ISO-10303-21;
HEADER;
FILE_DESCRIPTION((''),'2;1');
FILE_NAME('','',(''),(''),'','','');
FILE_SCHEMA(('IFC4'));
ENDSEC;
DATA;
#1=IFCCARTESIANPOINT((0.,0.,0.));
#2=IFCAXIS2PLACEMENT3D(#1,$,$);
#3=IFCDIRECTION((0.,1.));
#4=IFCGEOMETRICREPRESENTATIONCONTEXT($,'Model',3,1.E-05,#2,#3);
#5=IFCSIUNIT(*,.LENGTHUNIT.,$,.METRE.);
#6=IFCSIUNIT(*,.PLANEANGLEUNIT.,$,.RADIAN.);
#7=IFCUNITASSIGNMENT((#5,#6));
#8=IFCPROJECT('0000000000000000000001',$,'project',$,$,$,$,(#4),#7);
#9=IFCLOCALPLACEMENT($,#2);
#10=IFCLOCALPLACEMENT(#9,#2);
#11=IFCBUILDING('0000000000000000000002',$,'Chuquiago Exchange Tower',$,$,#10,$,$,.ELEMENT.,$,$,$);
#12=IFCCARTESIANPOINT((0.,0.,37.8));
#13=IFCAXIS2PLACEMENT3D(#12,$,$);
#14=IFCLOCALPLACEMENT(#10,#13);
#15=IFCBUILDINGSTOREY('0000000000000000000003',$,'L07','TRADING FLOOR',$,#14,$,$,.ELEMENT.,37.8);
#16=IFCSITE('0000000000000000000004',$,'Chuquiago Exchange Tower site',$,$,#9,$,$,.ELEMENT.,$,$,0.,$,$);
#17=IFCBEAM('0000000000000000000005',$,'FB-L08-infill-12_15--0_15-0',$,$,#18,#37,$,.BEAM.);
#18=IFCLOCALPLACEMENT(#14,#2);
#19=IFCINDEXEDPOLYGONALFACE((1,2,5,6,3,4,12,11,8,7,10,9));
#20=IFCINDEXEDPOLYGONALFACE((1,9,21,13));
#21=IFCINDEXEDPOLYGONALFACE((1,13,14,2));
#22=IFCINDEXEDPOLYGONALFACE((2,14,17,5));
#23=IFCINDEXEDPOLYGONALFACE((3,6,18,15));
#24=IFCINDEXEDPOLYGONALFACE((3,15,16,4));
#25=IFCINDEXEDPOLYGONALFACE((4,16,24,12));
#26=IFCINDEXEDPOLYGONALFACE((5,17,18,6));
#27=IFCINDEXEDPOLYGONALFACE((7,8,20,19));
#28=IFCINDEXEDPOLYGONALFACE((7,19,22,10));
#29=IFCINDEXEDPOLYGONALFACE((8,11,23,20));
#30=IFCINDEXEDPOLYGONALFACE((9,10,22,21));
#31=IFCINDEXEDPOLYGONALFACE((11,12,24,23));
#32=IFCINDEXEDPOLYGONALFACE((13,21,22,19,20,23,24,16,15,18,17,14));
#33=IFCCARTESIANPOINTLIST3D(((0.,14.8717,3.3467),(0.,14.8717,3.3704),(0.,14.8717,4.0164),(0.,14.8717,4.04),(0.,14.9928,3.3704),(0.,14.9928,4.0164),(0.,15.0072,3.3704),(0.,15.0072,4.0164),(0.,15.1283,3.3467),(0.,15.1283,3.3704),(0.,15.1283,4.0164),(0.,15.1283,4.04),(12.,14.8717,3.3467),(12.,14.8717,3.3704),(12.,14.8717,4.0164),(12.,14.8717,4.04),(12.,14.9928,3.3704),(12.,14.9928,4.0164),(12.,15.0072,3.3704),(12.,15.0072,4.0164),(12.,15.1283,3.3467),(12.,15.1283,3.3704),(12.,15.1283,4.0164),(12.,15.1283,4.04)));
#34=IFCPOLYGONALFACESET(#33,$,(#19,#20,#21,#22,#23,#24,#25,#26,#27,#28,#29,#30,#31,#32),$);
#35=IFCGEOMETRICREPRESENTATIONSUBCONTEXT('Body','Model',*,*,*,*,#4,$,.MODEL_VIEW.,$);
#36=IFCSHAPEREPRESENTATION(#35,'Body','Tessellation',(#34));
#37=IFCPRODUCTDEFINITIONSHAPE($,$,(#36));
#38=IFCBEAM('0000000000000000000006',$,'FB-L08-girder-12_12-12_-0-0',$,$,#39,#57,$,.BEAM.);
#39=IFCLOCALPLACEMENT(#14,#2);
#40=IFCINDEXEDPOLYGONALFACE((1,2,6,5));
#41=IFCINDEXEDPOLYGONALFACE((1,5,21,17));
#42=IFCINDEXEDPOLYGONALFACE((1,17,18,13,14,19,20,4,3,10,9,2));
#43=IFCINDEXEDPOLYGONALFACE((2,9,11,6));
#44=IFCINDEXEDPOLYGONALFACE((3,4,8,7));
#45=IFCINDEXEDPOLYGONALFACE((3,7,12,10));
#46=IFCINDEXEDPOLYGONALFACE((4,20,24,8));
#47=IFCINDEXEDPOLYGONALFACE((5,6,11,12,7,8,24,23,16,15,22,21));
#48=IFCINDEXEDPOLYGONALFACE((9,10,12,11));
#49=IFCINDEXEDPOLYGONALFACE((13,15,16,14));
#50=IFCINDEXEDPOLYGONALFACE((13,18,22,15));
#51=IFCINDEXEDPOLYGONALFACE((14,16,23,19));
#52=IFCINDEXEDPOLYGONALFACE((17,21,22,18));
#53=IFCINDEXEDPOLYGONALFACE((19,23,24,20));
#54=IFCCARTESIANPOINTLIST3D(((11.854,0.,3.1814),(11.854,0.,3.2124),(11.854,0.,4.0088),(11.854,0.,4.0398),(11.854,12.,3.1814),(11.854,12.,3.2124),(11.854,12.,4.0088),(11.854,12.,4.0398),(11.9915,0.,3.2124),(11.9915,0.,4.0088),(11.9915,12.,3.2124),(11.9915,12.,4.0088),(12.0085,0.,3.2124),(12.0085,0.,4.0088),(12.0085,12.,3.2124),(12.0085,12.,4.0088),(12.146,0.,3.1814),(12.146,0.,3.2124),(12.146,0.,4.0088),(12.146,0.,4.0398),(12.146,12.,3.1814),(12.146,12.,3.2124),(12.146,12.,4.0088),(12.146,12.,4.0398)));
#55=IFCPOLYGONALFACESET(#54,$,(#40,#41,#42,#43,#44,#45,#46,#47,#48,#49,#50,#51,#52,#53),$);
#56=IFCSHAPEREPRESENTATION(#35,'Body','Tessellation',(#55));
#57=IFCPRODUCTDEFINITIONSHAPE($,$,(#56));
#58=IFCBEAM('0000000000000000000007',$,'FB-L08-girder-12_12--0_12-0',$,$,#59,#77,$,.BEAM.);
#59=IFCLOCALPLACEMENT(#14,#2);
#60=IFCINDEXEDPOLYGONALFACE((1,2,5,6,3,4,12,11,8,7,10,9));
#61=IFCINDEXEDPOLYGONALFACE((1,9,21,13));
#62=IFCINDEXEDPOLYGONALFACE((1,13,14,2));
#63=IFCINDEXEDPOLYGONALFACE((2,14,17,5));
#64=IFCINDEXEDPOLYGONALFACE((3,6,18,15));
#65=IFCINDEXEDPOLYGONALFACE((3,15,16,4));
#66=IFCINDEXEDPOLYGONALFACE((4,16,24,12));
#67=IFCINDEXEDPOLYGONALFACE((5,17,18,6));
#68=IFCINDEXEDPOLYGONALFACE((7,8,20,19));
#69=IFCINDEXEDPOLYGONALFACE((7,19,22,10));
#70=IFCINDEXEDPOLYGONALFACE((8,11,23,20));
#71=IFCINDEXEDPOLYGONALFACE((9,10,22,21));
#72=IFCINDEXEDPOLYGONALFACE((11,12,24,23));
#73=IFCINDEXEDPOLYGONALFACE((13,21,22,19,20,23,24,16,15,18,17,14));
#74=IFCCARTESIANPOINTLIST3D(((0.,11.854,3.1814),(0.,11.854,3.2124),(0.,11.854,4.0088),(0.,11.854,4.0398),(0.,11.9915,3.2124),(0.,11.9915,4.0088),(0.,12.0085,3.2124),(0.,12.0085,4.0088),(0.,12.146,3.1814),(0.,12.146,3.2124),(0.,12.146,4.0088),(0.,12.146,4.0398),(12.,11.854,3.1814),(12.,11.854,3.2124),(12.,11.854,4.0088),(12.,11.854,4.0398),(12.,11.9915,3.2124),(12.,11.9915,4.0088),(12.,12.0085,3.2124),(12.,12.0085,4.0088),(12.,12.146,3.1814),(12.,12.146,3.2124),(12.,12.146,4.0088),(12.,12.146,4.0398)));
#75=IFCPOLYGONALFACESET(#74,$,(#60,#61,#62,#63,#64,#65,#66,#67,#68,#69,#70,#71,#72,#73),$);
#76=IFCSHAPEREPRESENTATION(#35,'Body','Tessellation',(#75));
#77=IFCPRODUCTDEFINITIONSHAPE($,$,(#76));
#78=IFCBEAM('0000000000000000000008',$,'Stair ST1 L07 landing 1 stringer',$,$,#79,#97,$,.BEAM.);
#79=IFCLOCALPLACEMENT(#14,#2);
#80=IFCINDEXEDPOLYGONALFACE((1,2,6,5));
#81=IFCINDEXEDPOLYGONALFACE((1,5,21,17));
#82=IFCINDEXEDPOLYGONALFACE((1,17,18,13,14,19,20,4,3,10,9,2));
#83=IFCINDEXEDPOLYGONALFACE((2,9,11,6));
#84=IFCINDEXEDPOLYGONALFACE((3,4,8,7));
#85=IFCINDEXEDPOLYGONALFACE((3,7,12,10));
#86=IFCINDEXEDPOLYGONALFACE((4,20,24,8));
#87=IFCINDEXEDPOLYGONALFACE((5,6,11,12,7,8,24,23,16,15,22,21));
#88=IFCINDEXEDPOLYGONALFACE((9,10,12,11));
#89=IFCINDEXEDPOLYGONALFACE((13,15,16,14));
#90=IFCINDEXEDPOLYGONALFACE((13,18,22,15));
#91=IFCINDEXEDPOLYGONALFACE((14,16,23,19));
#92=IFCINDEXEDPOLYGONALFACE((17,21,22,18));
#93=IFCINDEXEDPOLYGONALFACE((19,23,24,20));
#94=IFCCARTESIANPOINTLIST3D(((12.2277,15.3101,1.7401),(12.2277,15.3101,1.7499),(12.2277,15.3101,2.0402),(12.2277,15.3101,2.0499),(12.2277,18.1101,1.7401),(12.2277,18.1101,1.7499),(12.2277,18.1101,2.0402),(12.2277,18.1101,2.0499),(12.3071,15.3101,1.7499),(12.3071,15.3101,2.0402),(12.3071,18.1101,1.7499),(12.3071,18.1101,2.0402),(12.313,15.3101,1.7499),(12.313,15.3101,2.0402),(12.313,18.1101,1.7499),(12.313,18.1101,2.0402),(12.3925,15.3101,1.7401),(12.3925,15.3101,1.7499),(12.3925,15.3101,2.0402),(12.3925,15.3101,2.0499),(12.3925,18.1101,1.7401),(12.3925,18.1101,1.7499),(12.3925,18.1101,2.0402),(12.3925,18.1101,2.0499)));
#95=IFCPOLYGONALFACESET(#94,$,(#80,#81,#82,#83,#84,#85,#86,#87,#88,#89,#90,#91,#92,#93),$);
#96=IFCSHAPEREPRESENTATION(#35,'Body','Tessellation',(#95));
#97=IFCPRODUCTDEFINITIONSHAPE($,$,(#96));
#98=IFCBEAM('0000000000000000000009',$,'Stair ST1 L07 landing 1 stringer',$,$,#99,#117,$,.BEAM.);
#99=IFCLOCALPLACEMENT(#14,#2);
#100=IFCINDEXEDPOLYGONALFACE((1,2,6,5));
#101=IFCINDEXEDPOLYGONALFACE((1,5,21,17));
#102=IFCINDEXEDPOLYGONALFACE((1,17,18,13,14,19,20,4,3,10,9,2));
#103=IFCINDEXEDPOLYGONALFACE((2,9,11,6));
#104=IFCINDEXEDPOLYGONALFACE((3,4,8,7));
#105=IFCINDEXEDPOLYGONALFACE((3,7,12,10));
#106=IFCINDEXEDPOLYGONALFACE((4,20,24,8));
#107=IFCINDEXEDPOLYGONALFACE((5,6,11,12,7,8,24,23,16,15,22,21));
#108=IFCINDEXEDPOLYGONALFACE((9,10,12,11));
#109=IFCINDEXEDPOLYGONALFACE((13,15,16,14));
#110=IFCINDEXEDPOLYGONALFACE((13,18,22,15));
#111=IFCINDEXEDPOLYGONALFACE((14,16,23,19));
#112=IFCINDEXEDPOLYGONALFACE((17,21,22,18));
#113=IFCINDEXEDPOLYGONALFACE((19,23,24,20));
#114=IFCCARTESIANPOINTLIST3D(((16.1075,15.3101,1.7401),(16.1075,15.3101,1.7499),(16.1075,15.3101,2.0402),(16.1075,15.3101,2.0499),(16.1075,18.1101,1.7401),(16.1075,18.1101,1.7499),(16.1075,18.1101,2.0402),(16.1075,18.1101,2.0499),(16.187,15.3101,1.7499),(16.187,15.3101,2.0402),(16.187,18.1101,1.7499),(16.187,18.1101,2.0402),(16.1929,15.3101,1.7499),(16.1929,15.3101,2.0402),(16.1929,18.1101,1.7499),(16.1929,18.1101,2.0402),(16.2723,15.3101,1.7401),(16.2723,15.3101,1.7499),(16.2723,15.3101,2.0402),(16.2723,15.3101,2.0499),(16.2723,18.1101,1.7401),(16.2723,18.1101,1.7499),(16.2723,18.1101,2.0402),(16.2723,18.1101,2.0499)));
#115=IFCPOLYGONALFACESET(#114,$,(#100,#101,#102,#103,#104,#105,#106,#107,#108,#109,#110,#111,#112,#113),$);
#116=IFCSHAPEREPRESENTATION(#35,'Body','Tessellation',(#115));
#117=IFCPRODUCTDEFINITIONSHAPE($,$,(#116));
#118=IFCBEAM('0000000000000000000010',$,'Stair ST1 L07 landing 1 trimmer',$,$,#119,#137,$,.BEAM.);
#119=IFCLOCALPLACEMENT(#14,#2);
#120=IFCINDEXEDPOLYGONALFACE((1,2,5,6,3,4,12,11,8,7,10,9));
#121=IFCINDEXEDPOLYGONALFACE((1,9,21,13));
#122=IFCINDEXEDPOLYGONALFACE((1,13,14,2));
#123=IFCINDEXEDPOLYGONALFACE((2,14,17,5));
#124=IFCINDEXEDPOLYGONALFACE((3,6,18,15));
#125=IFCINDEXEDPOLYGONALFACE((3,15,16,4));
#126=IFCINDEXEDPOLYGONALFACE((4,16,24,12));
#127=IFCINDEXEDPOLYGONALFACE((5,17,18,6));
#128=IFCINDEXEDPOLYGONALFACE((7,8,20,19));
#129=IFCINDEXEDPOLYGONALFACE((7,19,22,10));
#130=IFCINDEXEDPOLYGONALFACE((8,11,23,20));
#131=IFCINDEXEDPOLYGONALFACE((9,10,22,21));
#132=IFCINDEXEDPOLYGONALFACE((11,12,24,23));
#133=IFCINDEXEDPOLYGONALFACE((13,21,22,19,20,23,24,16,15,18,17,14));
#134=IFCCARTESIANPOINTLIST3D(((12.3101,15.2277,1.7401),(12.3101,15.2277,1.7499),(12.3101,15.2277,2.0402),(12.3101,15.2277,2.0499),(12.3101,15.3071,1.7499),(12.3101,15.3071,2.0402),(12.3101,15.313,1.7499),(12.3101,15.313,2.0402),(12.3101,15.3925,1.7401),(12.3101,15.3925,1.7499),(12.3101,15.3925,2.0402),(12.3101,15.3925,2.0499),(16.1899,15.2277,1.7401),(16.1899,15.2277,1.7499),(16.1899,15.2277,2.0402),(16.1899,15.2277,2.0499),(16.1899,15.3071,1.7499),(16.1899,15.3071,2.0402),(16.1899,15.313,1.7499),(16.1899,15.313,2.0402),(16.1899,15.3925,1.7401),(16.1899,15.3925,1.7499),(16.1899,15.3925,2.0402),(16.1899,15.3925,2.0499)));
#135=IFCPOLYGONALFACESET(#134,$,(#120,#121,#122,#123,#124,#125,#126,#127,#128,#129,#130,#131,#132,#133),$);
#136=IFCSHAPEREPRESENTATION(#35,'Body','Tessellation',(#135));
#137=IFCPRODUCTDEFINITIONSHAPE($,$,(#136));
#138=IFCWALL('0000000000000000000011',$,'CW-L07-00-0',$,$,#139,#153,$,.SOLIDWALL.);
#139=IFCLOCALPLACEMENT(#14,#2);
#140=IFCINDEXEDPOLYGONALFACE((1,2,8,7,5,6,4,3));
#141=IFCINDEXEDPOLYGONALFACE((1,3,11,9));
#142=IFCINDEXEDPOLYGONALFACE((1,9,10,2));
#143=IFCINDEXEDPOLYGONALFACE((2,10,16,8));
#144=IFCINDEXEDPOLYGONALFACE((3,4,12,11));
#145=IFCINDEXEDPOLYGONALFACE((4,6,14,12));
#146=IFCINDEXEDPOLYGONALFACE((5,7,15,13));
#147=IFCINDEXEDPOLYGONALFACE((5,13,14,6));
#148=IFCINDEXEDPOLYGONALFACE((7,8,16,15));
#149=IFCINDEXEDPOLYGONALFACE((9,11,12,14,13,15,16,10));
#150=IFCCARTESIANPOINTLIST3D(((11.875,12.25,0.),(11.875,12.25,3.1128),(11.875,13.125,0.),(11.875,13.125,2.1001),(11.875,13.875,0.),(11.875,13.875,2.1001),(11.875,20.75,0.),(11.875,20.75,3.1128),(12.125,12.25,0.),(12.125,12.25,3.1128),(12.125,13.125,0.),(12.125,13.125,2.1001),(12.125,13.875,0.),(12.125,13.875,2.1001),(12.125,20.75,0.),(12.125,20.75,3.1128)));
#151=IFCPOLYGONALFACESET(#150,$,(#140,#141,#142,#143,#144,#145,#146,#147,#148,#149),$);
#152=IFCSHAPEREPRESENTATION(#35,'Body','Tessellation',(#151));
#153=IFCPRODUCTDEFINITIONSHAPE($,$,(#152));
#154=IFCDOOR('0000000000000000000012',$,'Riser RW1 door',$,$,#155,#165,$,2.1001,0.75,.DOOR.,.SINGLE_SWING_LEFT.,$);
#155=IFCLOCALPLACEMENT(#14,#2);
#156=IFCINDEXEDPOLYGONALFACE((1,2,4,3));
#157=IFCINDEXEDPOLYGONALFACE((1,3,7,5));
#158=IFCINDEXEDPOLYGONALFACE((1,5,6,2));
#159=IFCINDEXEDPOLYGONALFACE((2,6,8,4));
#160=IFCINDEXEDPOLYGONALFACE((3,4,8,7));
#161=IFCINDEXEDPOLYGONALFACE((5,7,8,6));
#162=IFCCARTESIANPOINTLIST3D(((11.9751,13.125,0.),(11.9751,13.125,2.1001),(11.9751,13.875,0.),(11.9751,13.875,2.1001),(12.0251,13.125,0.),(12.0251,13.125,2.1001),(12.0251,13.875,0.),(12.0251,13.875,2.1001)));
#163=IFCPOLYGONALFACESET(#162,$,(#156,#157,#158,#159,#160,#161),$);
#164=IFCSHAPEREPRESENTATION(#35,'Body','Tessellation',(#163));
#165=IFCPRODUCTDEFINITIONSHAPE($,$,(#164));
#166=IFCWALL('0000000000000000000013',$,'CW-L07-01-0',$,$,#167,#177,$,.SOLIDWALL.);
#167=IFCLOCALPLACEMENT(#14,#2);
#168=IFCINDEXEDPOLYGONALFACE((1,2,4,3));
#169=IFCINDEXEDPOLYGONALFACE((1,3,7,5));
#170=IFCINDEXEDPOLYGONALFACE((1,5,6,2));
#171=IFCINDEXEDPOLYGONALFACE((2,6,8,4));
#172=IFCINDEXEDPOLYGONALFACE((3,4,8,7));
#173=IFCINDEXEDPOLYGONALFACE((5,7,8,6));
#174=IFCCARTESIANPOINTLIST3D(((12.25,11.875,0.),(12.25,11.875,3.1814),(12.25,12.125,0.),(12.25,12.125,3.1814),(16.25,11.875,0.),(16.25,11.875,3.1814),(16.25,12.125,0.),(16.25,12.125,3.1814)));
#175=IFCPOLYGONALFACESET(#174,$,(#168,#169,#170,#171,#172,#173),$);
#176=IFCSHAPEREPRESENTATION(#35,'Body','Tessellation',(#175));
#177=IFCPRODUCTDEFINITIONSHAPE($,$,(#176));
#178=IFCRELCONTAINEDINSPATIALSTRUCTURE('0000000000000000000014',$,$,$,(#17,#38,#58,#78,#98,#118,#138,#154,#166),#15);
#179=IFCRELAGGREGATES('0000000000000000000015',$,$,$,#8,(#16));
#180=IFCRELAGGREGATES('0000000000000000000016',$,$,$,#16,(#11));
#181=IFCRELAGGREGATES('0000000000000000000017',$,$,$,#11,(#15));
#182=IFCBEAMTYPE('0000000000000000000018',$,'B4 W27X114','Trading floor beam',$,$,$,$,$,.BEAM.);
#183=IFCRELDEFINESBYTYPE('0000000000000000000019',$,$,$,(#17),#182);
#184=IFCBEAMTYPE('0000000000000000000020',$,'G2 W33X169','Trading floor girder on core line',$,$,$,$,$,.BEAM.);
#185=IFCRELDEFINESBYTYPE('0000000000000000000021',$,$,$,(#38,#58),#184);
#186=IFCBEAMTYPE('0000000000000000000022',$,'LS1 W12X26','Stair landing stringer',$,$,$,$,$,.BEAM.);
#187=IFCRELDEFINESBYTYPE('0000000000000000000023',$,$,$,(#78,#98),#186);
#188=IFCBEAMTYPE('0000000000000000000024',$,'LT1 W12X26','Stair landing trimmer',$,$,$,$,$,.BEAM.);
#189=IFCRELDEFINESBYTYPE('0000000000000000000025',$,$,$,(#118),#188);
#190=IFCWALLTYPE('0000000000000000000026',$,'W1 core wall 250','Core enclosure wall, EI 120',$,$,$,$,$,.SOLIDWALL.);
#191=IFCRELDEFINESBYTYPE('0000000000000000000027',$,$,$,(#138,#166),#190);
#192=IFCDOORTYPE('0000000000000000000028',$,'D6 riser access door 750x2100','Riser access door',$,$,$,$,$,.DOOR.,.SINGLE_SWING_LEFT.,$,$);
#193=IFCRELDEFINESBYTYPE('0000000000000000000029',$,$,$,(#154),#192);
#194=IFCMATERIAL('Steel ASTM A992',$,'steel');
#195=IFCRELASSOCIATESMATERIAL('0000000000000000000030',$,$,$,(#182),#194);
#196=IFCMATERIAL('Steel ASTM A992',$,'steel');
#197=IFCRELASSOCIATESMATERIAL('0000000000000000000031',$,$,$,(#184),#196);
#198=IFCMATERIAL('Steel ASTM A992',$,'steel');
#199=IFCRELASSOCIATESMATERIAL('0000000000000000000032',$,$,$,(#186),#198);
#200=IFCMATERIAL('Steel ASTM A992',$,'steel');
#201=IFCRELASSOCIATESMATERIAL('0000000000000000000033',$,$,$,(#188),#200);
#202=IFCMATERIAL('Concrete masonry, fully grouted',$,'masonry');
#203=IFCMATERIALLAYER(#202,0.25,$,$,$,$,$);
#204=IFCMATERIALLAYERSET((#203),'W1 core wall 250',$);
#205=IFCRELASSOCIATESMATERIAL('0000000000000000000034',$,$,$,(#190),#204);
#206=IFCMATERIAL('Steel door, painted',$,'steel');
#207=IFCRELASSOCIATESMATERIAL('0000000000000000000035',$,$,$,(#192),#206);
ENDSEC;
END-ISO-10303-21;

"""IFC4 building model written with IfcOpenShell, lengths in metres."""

from ifc_helpers import new_model, si_unit, direction, frame, frame_2d, origin, origin_2d, place, context, subcontext, project, spatial, rectangle, i_section, extrude, material, layer, layer_set, material_profile, profile_set, type_object, element, fill, save


model = new_model("IFC4")

# Units and contexts
model_context = context("Model", 3, precision=1e-05, world=origin(), true_north=direction((0.0, 1.0)))
body_context = subcontext(model_context, "Body", "Model", "MODEL_VIEW")
ifc_project = project(units=[si_unit("LENGTHUNIT", "METRE"), si_unit("PLANEANGLEUNIT", "RADIAN")], contexts=[model_context])

# Site, building, storey
site_placement = place(None, origin())
site = spatial("IfcSite", under=ifc_project, at=site_placement, Name="Chuquiago Exchange Tower site", CompositionType="ELEMENT", RefElevation=0.0)
building_placement = place(site_placement, origin())
building = spatial("IfcBuilding", under=site, at=building_placement, Name="Chuquiago Exchange Tower", CompositionType="ELEMENT")
storey_placement = place(building_placement, frame((0.0, 0.0, 37.8)))
storey = spatial("IfcBuildingStorey", under=building, at=storey_placement, Name="L07", Description="TRADING FLOOR", CompositionType="ELEMENT", Elevation=37.8)

# Beams
ifc_material_1 = material(Name="Steel ASTM A992", Category="steel")
ifc_material_profile_1 = material_profile(ifc_material_1, i_section(OverallWidth=0.2566, OverallDepth=0.6934, WebThickness=0.0144, FlangeThickness=0.0237, at=origin_2d()), Name="W27X114")
ifc_profile_set_1 = profile_set([ifc_material_profile_1], Name="Steel ASTM A992")
beam_type_1 = type_object("IfcBeamType", Name="B4 W27X114", Description="Trading floor beam", PredefinedType="BEAM", material=ifc_profile_set_1)
for number, where, z_axis, x_axis, name in (
    (1, (12.0, 15.0, 3.6934), (-1.0, 0.0, 0.0), (0.0, -1.0, 0.0), "FB-L08-infill-12_15--0_15-0"),
):
    element("IfcBeam", number, at=place(storey_placement, frame(where, z_axis=z_axis, x_axis=x_axis)), inside=storey, type_object=beam_type_1, Name=name, PredefinedType="BEAM", context=body_context, shape_type="SweptSolid", body=[
        extrude(i_section(OverallWidth=0.2566, OverallDepth=0.6934, WebThickness=0.0144, FlangeThickness=0.0237, at=origin_2d()), origin(), (0.0, 0.0, 1.0), 12.0),
    ])
ifc_material_2 = material(Name="Steel ASTM A992", Category="steel")
ifc_material_profile_2 = material_profile(ifc_material_2, i_section(OverallWidth=0.292, OverallDepth=0.8584, WebThickness=0.0171, FlangeThickness=0.031, at=origin_2d()), Name="W33X169")
ifc_profile_set_2 = profile_set([ifc_material_profile_2], Name="Steel ASTM A992")
beam_type_2 = type_object("IfcBeamType", Name="G2 W33X169", Description="Trading floor girder on core line", PredefinedType="BEAM", material=ifc_profile_set_2)
for number, where, z_axis, x_axis, name in (
    (2, (12.0, 12.0, 3.6106), (0.0, -1.0, 0.0), (1.0, 0.0, 0.0), "FB-L08-girder-12_12-12_-0-0"),
    (3, (12.0, 12.0, 3.6106), (-1.0, 0.0, 0.0), (0.0, -1.0, 0.0), "FB-L08-girder-12_12--0_12-0"),
):
    element("IfcBeam", number, at=place(storey_placement, frame(where, z_axis=z_axis, x_axis=x_axis)), inside=storey, type_object=beam_type_2, Name=name, PredefinedType="BEAM", context=body_context, shape_type="SweptSolid", body=[
        extrude(i_section(OverallWidth=0.292, OverallDepth=0.8584, WebThickness=0.0171, FlangeThickness=0.031, at=origin_2d()), origin(), (0.0, 0.0, 1.0), 12.0),
    ])
ifc_material_3 = material(Name="Steel ASTM A992", Category="steel")
ifc_material_profile_3 = material_profile(ifc_material_3, i_section(OverallWidth=0.1648, OverallDepth=0.3098, WebThickness=0.0059, FlangeThickness=0.0098, at=origin_2d()), Name="W12X26")
ifc_profile_set_3 = profile_set([ifc_material_profile_3], Name="Steel ASTM A992")
beam_type_3 = type_object("IfcBeamType", Name="LS1 W12X26", Description="Stair landing stringer", PredefinedType="BEAM", material=ifc_profile_set_3)
for number, where, z_axis, x_axis, name in (
    (4, (12.3101, 15.3101, 1.895), (0.0, 1.0, 0.0), (-1.0, 0.0, 0.0), "Stair ST1 L07 landing 1 stringer"),
    (5, (16.1899, 15.3101, 1.895), (0.0, 1.0, 0.0), (-1.0, 0.0, 0.0), "Stair ST1 L07 landing 1 stringer"),
):
    element("IfcBeam", number, at=place(storey_placement, frame(where, z_axis=z_axis, x_axis=x_axis)), inside=storey, type_object=beam_type_3, Name=name, PredefinedType="BEAM", context=body_context, shape_type="SweptSolid", body=[
        extrude(i_section(OverallWidth=0.1648, OverallDepth=0.3098, WebThickness=0.0059, FlangeThickness=0.0098, at=origin_2d()), origin(), (0.0, 0.0, 1.0), 2.8),
    ])
ifc_material_4 = material(Name="Steel ASTM A992", Category="steel")
ifc_material_profile_4 = material_profile(ifc_material_4, i_section(OverallWidth=0.1648, OverallDepth=0.3098, WebThickness=0.0059, FlangeThickness=0.0098, at=origin_2d()), Name="W12X26")
ifc_profile_set_4 = profile_set([ifc_material_profile_4], Name="Steel ASTM A992")
beam_type_4 = type_object("IfcBeamType", Name="LT1 W12X26", Description="Stair landing trimmer", PredefinedType="BEAM", material=ifc_profile_set_4)
beam_1_placement = place(storey_placement, frame((12.3101, 15.3101, 1.895), z_axis=(1.0, 0.0, 0.0), x_axis=(0.0, 1.0, 0.0)))
element("IfcBeam", 6, at=beam_1_placement, inside=storey, type_object=beam_type_4, Name="Stair ST1 L07 landing 1 trimmer", PredefinedType="BEAM", context=body_context, shape_type="SweptSolid", body=[
    extrude(i_section(OverallWidth=0.1648, OverallDepth=0.3098, WebThickness=0.0059, FlangeThickness=0.0098, at=origin_2d()), origin(), (0.0, 0.0, 1.0), 3.8799),
])

# Wall, opening, door
ifc_material_5 = material(Name="Concrete masonry, fully grouted", Category="masonry")
ifc_layer_1 = layer(ifc_material_5, 0.25)
ifc_layer_set_1 = layer_set([ifc_layer_1], Name="W1 core wall 250")
wall_type_1 = type_object("IfcWallType", Name="W1 core wall 250", Description="Core enclosure wall, EI 120", PredefinedType="SOLIDWALL", material=ifc_layer_set_1)
wall_1_placement = place(storey_placement, frame((12.0, 12.25, 0.0), z_axis=(0.0, 0.0, 1.0), x_axis=(0.0, 1.0, 0.0)))
wall_1 = element("IfcWall", 7, at=wall_1_placement, inside=storey, type_object=wall_type_1, Name="CW-L07-00-0", PredefinedType="SOLIDWALL", context=body_context, shape_type="SweptSolid", body=[
    extrude(rectangle(XDim=8.5, YDim=0.25, at=frame_2d((4.25, 0.0))), origin(), (0.0, 0.0, 1.0), 3.1128),
])
opening_placement = place(wall_1_placement, frame((0.875, 0.0, 0.0)))
opening = element("IfcOpeningElement", 8, at=opening_placement, cuts=wall_1, PredefinedType="OPENING", context=body_context, shape_type="SweptSolid", body=[
    extrude(rectangle(XDim=0.75, YDim=2.1001, at=frame_2d((0.375, 1.05))), frame((0.0, 0.135, 0.0), z_axis=(0.0, -1.0, 0.0), x_axis=(1.0, 0.0, 0.0)), (0.0, 0.0, 1.0), 0.27),
])
ifc_material_6 = material(Name="Steel door, painted", Category="steel")
door_type = type_object("IfcDoorType", Name="D6 riser access door 750x2100", Description="Riser access door", OperationType="SINGLE_SWING_LEFT", PredefinedType="DOOR", material=ifc_material_6)
door_placement = place(opening_placement, origin())
door = element("IfcDoor", 9, at=door_placement, inside=storey, type_object=door_type, Name="Riser RW1 door", OperationType="SINGLE_SWING_LEFT", OverallHeight=2.1001, OverallWidth=0.75, PredefinedType="DOOR", context=body_context, shape_type="SweptSolid", body=[
    extrude(rectangle(XDim=0.75, YDim=2.1001, at=frame_2d((0.375, 1.05))), frame((0.0, 0.0249, 0.0), z_axis=(0.0, -1.0, 0.0), x_axis=(1.0, 0.0, 0.0)), (0.0, 0.0, 1.0), 0.05),
])
fill(opening, door)

# Wall
wall_2_placement = place(storey_placement, frame((12.25, 12.0, 0.0), z_axis=(0.0, 0.0, 1.0), x_axis=(1.0, 0.0, 0.0)))
element("IfcWall", 10, at=wall_2_placement, inside=storey, type_object=wall_type_1, Name="CW-L07-01-0", PredefinedType="SOLIDWALL", context=body_context, shape_type="SweptSolid", body=[
    extrude(rectangle(XDim=4.0, YDim=0.25, at=frame_2d((2.0, 0.0))), origin(), (0.0, 0.0, 1.0), 3.1814),
])

save(model, "model.ifc")
